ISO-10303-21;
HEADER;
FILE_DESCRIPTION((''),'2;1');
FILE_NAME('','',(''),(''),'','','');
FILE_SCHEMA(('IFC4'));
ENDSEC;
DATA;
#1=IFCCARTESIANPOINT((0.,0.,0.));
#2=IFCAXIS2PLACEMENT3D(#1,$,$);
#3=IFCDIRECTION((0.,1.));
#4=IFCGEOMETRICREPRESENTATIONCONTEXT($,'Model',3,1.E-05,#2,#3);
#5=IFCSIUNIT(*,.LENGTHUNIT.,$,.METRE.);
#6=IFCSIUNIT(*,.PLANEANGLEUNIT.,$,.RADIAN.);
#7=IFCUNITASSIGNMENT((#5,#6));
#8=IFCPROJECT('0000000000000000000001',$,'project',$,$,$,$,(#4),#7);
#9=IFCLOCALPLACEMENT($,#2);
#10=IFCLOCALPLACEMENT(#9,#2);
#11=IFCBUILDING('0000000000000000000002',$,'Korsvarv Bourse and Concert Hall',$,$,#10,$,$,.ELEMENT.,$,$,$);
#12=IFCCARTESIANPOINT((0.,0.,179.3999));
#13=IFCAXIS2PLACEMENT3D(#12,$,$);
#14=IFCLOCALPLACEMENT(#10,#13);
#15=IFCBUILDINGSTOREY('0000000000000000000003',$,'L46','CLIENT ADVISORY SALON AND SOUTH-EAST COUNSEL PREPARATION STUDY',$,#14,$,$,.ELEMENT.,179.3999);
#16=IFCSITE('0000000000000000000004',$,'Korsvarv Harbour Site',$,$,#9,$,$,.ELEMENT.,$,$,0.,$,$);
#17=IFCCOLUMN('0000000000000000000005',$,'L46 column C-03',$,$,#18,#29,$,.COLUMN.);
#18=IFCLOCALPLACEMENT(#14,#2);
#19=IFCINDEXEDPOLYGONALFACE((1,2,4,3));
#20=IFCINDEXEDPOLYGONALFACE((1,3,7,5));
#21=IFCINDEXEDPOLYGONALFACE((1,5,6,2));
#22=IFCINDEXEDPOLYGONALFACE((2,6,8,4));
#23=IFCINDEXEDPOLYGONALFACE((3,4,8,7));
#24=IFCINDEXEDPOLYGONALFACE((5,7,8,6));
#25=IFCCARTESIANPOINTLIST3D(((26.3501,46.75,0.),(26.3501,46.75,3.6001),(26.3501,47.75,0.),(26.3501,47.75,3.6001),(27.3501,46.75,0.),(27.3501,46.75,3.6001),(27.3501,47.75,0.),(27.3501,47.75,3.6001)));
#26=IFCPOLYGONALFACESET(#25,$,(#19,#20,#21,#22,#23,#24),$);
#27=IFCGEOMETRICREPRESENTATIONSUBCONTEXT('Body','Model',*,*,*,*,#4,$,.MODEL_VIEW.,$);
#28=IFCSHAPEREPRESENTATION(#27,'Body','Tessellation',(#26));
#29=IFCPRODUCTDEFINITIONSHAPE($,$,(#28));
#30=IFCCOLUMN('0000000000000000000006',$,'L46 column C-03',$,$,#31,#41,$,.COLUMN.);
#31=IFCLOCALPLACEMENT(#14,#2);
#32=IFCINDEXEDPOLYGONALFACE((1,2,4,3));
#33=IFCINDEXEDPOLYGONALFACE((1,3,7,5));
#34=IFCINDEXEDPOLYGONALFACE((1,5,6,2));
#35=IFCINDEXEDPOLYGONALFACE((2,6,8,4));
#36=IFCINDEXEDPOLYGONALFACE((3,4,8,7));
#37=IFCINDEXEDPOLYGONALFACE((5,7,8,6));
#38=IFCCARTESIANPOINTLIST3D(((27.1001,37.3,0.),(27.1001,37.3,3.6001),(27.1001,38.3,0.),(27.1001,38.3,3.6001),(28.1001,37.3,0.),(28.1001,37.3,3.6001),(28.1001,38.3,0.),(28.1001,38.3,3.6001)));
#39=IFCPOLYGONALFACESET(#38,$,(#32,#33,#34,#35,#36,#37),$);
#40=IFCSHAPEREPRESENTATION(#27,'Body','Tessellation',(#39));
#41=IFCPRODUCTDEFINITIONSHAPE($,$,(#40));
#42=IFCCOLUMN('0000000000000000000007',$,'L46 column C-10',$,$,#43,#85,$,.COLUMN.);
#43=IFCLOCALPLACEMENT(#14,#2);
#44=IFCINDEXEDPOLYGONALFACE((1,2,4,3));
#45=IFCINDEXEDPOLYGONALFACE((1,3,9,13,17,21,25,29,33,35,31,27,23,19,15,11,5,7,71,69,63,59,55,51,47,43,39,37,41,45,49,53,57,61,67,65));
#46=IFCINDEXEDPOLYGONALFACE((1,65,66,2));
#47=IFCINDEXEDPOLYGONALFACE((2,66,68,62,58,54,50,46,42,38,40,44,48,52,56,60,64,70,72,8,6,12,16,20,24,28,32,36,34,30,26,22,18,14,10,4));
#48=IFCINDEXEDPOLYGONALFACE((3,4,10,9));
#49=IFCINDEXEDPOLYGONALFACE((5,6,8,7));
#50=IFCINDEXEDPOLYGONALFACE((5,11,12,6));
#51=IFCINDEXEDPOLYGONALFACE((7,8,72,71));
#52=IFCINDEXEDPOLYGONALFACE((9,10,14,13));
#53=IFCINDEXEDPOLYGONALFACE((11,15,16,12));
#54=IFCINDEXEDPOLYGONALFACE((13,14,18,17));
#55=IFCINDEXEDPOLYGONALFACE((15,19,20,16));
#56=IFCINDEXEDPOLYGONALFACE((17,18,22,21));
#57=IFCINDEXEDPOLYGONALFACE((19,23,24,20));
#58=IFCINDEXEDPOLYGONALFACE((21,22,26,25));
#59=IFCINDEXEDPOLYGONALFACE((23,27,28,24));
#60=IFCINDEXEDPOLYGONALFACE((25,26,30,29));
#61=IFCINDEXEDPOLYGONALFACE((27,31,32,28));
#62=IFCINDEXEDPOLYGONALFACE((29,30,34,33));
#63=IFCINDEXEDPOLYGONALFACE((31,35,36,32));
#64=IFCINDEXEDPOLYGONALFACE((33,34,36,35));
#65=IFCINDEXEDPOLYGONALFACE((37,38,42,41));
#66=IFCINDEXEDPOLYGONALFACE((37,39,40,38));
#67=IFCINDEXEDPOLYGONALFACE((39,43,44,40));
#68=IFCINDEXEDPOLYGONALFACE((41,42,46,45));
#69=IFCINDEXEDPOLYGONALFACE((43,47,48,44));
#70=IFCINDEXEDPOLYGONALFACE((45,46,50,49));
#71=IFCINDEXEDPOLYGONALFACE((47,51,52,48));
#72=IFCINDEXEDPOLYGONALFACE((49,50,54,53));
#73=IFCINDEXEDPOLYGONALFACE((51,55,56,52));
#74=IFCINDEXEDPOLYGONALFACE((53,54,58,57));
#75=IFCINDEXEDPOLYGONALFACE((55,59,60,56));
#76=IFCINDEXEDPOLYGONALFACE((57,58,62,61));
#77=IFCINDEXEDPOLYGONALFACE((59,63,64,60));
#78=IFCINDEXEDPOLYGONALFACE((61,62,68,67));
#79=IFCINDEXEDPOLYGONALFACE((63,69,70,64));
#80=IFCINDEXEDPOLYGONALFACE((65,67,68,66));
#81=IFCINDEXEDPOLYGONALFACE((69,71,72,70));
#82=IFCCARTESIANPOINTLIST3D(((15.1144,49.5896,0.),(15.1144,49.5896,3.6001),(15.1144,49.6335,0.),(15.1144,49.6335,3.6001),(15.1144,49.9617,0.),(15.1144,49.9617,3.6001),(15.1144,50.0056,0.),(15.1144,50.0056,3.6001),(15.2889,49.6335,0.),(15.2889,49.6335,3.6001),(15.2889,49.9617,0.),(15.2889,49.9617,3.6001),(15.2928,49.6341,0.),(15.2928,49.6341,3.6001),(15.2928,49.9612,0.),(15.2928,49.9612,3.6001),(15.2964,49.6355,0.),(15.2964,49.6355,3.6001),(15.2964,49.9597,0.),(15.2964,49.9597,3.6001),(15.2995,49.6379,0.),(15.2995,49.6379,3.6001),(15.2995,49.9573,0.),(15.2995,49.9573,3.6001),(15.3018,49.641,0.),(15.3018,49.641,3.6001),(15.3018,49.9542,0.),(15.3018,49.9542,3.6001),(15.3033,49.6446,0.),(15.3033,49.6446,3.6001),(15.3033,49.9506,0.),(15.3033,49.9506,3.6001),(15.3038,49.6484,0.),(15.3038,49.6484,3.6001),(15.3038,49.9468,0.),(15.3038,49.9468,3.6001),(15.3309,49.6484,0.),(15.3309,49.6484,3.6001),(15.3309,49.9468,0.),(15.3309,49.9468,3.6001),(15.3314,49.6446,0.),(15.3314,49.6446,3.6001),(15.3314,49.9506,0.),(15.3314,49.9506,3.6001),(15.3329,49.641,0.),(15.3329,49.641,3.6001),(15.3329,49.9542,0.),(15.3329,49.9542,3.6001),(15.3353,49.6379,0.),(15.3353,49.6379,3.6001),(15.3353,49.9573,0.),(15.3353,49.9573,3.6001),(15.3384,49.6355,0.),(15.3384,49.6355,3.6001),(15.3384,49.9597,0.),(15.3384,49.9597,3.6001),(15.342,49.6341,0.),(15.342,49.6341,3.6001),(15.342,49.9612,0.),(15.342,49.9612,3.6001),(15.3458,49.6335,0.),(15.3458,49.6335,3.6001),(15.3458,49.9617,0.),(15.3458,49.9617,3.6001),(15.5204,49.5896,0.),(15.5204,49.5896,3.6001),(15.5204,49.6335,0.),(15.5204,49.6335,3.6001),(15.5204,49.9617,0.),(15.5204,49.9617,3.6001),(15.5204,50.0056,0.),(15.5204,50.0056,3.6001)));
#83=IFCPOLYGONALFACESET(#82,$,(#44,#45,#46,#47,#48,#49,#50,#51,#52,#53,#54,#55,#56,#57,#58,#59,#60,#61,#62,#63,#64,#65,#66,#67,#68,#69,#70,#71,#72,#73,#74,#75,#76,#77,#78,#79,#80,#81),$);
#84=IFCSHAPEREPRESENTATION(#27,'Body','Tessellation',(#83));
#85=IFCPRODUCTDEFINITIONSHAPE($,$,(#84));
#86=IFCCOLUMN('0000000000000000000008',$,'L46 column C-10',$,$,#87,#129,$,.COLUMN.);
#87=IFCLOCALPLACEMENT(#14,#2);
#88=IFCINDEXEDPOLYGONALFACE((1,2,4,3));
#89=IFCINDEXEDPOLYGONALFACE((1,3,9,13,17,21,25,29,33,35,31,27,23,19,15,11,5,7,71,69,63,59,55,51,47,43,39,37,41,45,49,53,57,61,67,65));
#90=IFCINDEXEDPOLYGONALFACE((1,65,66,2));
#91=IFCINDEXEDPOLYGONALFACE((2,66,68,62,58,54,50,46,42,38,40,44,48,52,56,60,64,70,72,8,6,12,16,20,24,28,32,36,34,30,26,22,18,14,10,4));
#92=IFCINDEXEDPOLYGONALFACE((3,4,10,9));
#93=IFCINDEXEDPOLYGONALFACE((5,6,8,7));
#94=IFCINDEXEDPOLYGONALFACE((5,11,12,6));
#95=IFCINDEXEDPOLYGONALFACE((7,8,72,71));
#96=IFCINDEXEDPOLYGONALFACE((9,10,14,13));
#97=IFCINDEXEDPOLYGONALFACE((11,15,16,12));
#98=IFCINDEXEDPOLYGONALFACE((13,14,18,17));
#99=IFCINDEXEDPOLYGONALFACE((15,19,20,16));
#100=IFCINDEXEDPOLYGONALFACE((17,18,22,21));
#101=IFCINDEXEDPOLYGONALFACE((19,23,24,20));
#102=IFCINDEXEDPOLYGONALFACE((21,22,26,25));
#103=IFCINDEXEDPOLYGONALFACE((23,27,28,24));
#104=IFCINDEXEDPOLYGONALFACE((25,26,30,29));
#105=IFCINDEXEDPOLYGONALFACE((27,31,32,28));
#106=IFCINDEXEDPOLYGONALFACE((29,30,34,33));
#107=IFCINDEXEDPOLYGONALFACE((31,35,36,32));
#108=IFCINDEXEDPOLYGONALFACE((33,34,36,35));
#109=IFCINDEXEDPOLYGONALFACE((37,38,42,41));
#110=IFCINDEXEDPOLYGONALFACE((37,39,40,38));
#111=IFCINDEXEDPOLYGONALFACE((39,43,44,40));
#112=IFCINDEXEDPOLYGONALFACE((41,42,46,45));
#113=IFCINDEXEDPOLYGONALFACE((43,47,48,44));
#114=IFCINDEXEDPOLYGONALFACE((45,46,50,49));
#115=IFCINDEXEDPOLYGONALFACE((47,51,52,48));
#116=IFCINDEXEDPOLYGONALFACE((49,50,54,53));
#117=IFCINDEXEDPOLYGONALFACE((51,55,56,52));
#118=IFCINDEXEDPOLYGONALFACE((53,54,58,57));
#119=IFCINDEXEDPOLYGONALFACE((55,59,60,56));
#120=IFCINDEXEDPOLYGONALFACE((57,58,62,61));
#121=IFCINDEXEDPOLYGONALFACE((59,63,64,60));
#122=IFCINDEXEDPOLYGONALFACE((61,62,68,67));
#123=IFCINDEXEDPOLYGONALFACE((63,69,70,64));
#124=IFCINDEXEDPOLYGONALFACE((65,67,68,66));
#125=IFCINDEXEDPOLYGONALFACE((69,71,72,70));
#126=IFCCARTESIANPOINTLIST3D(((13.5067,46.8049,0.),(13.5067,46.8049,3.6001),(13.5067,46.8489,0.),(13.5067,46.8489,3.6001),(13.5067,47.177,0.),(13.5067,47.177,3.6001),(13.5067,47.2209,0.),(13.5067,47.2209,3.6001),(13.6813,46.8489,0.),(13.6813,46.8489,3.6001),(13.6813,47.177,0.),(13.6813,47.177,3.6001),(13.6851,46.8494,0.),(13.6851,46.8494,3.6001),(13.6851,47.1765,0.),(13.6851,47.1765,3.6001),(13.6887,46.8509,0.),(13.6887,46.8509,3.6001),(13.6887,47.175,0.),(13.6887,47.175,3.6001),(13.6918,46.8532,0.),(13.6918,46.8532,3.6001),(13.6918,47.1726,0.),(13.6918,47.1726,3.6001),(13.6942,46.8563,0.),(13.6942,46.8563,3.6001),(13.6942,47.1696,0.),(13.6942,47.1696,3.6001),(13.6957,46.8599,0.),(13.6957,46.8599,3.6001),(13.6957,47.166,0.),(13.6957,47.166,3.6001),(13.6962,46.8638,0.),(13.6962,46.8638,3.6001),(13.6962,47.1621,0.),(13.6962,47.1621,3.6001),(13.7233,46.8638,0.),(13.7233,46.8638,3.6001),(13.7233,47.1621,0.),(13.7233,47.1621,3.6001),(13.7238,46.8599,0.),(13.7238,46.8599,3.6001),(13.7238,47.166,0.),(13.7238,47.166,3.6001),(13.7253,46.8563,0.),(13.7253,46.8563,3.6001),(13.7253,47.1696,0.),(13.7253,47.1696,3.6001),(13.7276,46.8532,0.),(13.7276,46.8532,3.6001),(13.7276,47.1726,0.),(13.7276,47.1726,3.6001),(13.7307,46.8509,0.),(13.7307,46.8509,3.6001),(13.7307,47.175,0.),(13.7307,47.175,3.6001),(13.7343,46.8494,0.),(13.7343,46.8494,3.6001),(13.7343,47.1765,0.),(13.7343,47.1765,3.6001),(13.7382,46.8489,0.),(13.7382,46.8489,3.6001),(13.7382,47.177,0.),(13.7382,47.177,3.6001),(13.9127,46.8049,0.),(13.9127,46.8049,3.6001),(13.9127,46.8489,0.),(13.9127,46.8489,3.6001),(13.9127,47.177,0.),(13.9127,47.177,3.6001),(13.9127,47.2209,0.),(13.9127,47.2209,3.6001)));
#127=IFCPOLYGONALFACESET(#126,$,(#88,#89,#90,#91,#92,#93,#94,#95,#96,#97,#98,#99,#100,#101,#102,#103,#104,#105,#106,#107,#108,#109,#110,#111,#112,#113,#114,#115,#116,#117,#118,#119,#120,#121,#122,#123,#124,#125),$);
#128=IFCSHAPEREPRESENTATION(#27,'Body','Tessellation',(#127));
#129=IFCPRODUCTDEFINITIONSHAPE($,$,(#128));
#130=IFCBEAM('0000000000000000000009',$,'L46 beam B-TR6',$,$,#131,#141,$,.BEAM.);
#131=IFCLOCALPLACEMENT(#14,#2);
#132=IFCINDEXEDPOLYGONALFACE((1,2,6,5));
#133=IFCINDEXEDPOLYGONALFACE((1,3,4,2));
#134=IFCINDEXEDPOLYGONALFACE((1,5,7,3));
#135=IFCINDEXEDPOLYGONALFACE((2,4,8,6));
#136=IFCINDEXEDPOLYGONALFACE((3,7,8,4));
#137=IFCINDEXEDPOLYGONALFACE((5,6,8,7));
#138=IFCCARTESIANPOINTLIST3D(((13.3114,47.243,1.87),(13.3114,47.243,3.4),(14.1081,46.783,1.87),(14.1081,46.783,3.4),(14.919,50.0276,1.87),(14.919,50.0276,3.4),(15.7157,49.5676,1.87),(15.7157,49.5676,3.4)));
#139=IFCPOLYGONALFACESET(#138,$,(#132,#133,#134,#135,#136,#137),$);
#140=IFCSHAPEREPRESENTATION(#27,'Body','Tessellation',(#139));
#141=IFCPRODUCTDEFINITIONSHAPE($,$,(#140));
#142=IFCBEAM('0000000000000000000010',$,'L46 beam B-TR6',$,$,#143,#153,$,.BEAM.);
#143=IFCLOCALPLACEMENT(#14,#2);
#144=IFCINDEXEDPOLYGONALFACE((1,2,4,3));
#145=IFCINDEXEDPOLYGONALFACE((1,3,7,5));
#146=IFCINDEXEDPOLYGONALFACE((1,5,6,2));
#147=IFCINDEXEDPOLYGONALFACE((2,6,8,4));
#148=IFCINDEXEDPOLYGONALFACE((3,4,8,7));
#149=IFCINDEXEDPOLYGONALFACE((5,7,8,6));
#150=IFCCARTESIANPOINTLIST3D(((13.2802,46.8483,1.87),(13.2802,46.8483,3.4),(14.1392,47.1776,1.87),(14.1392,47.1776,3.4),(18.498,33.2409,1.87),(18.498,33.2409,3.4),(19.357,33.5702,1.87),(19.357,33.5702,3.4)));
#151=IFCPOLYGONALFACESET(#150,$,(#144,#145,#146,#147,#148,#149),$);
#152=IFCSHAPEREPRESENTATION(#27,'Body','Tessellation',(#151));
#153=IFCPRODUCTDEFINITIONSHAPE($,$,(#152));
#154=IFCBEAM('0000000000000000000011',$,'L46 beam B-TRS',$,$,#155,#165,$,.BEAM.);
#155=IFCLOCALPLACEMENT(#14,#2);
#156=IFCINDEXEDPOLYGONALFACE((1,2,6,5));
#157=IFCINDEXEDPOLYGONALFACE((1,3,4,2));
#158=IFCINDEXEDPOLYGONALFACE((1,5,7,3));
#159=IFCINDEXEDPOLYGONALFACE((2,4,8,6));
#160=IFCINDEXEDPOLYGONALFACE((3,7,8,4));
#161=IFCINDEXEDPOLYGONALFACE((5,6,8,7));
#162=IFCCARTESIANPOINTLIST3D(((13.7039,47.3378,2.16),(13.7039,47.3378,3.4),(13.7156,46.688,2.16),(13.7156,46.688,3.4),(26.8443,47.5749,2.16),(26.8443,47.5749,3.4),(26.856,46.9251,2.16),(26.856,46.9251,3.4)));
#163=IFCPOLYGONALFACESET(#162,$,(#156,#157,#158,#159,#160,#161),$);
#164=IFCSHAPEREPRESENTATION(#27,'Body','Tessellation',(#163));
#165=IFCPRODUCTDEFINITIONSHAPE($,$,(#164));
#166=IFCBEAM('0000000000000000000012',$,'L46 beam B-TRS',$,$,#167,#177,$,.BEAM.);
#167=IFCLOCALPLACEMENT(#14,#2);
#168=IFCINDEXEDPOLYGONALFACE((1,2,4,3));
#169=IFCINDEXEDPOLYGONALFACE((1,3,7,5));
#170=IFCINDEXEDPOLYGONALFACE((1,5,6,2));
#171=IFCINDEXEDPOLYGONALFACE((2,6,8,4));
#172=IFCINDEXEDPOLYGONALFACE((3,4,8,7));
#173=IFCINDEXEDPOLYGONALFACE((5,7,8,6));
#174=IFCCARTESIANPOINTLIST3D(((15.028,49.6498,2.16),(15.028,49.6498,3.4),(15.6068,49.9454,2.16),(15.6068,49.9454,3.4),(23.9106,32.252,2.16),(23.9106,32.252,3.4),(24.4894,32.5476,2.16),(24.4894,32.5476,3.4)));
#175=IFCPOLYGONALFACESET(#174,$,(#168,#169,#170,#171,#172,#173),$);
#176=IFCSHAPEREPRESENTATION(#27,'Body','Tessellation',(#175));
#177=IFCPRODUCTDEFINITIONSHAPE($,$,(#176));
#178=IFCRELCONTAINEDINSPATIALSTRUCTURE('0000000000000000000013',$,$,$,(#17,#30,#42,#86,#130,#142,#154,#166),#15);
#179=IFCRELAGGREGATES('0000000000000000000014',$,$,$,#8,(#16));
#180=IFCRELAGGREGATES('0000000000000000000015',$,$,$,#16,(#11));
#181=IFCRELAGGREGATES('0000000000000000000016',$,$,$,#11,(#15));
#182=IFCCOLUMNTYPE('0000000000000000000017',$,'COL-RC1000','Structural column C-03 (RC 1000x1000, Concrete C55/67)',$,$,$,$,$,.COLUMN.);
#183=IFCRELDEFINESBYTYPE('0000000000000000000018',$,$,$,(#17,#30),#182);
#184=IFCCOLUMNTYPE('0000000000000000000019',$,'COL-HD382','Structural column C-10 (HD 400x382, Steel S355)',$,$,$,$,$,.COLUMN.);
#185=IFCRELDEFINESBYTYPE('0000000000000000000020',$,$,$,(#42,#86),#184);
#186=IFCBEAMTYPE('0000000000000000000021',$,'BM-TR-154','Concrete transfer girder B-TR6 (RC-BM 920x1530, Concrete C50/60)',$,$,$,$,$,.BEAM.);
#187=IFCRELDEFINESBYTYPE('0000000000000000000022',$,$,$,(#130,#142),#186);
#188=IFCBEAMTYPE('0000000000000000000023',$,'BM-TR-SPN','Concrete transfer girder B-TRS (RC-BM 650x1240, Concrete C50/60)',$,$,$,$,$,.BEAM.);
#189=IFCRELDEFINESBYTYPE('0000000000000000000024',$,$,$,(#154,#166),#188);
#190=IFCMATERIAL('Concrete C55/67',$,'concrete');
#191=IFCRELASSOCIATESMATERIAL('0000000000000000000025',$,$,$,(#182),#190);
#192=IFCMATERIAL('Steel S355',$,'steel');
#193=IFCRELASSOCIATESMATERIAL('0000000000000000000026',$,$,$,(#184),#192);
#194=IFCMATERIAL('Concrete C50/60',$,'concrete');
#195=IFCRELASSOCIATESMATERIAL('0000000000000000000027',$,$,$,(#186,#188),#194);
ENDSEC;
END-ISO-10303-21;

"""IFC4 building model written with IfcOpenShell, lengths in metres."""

from ifc_helpers import new_model, si_unit, direction, frame, origin, origin_2d, place, context, subcontext, project, spatial, rectangle, i_section, extrude, source, transform, mapped, material, material_profile, profile_set, type_object, element, save


model = new_model("IFC4")

# Units and contexts
model_context = context("Model", 3, precision=1e-05, world=origin(), true_north=direction((0.0, 1.0)))
body_context = subcontext(model_context, "Body", "Model", "MODEL_VIEW")
ifc_project = project(units=[si_unit("LENGTHUNIT", "METRE"), si_unit("PLANEANGLEUNIT", "RADIAN")], contexts=[model_context])

# Site, building, storey
site_placement = place(None, origin())
site = spatial("IfcSite", under=ifc_project, at=site_placement, Name="Korsvarv Harbour Site", CompositionType="ELEMENT", RefElevation=0.0)
building_placement = place(site_placement, origin())
building = spatial("IfcBuilding", under=site, at=building_placement, Name="Korsvarv Bourse and Concert Hall", CompositionType="ELEMENT")
storey_placement = place(building_placement, frame((0.0, 0.0, 179.3999)))
storey = spatial("IfcBuildingStorey", under=building, at=storey_placement, Name="L46", Description="CLIENT ADVISORY SALON AND SOUTH-EAST COUNSEL PREPARATION STUDY", CompositionType="ELEMENT", Elevation=179.3999)

# Columns
ifc_material_1 = material(Name="Concrete C55/67", Category="concrete")
ifc_material_profile_1 = material_profile(ifc_material_1, rectangle(XDim=1.0, YDim=1.0, at=origin_2d()), Name="RC 1000x1000")
ifc_profile_set_1 = profile_set([ifc_material_profile_1], Name="Concrete C55/67")
column_type_1 = type_object("IfcColumnType", Name="COL-RC1000", Description="Structural column C-03 (RC 1000x1000, Concrete C55/67)", PredefinedType="COLUMN", material=ifc_profile_set_1)
shared_shape_1 = source(origin(), body_context, "Body", "SweptSolid", [
    extrude(rectangle(XDim=1.0, YDim=1.0, at=origin_2d()), origin(), (0.0, 0.0, 1.0), 3.6001),
])
for number, where, z_axis, x_axis, name in (
    (1, (26.8501, 47.25, 0.0), (0.0, 0.0, 1.0), (1.0, 0.0, 0.0), "L46 column C-03"),
    (2, (27.6001, 37.8, 0.0), (0.0, 0.0, 1.0), (1.0, 0.0, 0.0), "L46 column C-03"),
):
    element("IfcColumn", number, at=place(storey_placement, frame(where, z_axis=z_axis, x_axis=x_axis)), inside=storey, type_object=column_type_1, Name=name, PredefinedType="COLUMN", context=body_context, shape_type="MappedRepresentation", body=[
        mapped(shared_shape_1, transform((0.0, 0.0, 0.0), scale=1.0)),
    ])
ifc_material_2 = material(Name="Steel S355", Category="steel")
ifc_material_profile_2 = material_profile(ifc_material_2, i_section(OverallWidth=0.406, OverallDepth=0.416, WebThickness=0.0271, FlangeThickness=0.0439, FilletRadius=0.0149, at=origin_2d()), Name="HD 400x382")
ifc_profile_set_2 = profile_set([ifc_material_profile_2], Name="Steel S355")
column_type_2 = type_object("IfcColumnType", Name="COL-HD382", Description="Structural column C-10 (HD 400x382, Steel S355)", PredefinedType="COLUMN", material=ifc_profile_set_2)
shared_shape_2 = source(origin(), body_context, "Body", "SweptSolid", [
    extrude(i_section(OverallWidth=0.406, OverallDepth=0.416, WebThickness=0.0271, FlangeThickness=0.0439, FilletRadius=0.0149, at=origin_2d()), origin(), (0.0, 0.0, 1.0), 3.6001),
])
for number, where, z_axis, x_axis, name in (
    (3, (15.3174, 49.7976, 0.0), (0.0, 0.0, 1.0), (1.0, 0.0, 0.0), "L46 column C-10"),
    (4, (13.7097, 47.0129, 0.0), (0.0, 0.0, 1.0), (1.0, 0.0, 0.0), "L46 column C-10"),
):
    element("IfcColumn", number, at=place(storey_placement, frame(where, z_axis=z_axis, x_axis=x_axis)), inside=storey, type_object=column_type_2, Name=name, PredefinedType="COLUMN", context=body_context, shape_type="MappedRepresentation", body=[
        mapped(shared_shape_2, transform((0.0, 0.0, 0.0), scale=1.0)),
    ])

# Beams
ifc_material_3 = material(Name="Concrete C50/60", Category="concrete")
ifc_material_profile_3 = material_profile(ifc_material_3, rectangle(XDim=0.9199, YDim=1.53, at=origin_2d()), Name="RC-BM 920x1530")
ifc_profile_set_3 = profile_set([ifc_material_profile_3], Name="Concrete C50/60")
beam_type_1 = type_object("IfcBeamType", Name="BM-TR-154", Description="Concrete transfer girder B-TR6 (RC-BM 920x1530, Concrete C50/60)", PredefinedType="BEAM", material=ifc_profile_set_3)
shared_shape_3 = source(origin(), body_context, "Body", "SweptSolid", [
    extrude(rectangle(XDim=0.9199, YDim=1.53, at=origin_2d()), origin(), (0.0, 0.0, 1.0), 3.2153),
])
beam_1_placement = place(storey_placement, frame((15.3174, 49.7976, 2.635), z_axis=(-0.499985, -0.866034, 0.0), x_axis=(0.866034, -0.499985, 0.0)))
element("IfcBeam", 5, at=beam_1_placement, inside=storey, type_object=beam_type_1, Name="L46 beam B-TR6", PredefinedType="BEAM", context=body_context, shape_type="MappedRepresentation", body=[
    mapped(shared_shape_3, transform((0.0, 0.0, 0.0), scale=1.0)),
])
shared_shape_4 = source(origin(), body_context, "Body", "SweptSolid", [
    extrude(rectangle(XDim=0.9199, YDim=1.53, at=origin_2d()), origin(), (0.0, 0.0, 1.0), 14.5735),
])
beam_2_placement = place(storey_placement, frame((13.7097, 47.0129, 2.635), z_axis=(0.358031, -0.93371, 0.0), x_axis=(0.93371, 0.358031, 0.0)))
element("IfcBeam", 6, at=beam_2_placement, inside=storey, type_object=beam_type_1, Name="L46 beam B-TR6", PredefinedType="BEAM", context=body_context, shape_type="MappedRepresentation", body=[
    mapped(shared_shape_4, transform((0.0, 0.0, 0.0), scale=1.0)),
])
ifc_material_profile_4 = material_profile(ifc_material_3, rectangle(XDim=0.6499, YDim=1.24, at=origin_2d()), Name="RC-BM 650x1240")
ifc_profile_set_4 = profile_set([ifc_material_profile_4], Name="Concrete C50/60")
beam_type_2 = type_object("IfcBeamType", Name="BM-TR-SPN", Description="Concrete transfer girder B-TRS (RC-BM 650x1240, Concrete C50/60)", PredefinedType="BEAM", material=ifc_profile_set_4)
shared_shape_5 = source(origin(), body_context, "Body", "SweptSolid", [
    extrude(rectangle(XDim=0.6499, YDim=1.24, at=origin_2d()), origin(), (0.0, 0.0, 1.0), 13.1426),
])
beam_3_placement = place(storey_placement, frame((13.7097, 47.0129, 2.78), z_axis=(0.999837, 0.018038, 0.0), x_axis=(-0.018038, 0.999837, 0.0)))
element("IfcBeam", 7, at=beam_3_placement, inside=storey, type_object=beam_type_2, Name="L46 beam B-TRS", PredefinedType="BEAM", context=body_context, shape_type="MappedRepresentation", body=[
    mapped(shared_shape_5, transform((0.0, 0.0, 0.0), scale=1.0)),
])
shared_shape_6 = source(origin(), body_context, "Body", "SweptSolid", [
    extrude(rectangle(XDim=0.6499, YDim=1.24, at=origin_2d()), origin(), (0.0, 0.0, 1.0), 19.5342),
])
beam_4_placement = place(storey_placement, frame((15.3174, 49.7976, 2.78), z_axis=(0.454722, -0.890634, 0.0), x_axis=(0.890634, 0.454722, 0.0)))
element("IfcBeam", 8, at=beam_4_placement, inside=storey, type_object=beam_type_2, Name="L46 beam B-TRS", PredefinedType="BEAM", context=body_context, shape_type="MappedRepresentation", body=[
    mapped(shared_shape_6, transform((0.0, 0.0, 0.0), scale=1.0)),
])

save(model, "model.ifc")
